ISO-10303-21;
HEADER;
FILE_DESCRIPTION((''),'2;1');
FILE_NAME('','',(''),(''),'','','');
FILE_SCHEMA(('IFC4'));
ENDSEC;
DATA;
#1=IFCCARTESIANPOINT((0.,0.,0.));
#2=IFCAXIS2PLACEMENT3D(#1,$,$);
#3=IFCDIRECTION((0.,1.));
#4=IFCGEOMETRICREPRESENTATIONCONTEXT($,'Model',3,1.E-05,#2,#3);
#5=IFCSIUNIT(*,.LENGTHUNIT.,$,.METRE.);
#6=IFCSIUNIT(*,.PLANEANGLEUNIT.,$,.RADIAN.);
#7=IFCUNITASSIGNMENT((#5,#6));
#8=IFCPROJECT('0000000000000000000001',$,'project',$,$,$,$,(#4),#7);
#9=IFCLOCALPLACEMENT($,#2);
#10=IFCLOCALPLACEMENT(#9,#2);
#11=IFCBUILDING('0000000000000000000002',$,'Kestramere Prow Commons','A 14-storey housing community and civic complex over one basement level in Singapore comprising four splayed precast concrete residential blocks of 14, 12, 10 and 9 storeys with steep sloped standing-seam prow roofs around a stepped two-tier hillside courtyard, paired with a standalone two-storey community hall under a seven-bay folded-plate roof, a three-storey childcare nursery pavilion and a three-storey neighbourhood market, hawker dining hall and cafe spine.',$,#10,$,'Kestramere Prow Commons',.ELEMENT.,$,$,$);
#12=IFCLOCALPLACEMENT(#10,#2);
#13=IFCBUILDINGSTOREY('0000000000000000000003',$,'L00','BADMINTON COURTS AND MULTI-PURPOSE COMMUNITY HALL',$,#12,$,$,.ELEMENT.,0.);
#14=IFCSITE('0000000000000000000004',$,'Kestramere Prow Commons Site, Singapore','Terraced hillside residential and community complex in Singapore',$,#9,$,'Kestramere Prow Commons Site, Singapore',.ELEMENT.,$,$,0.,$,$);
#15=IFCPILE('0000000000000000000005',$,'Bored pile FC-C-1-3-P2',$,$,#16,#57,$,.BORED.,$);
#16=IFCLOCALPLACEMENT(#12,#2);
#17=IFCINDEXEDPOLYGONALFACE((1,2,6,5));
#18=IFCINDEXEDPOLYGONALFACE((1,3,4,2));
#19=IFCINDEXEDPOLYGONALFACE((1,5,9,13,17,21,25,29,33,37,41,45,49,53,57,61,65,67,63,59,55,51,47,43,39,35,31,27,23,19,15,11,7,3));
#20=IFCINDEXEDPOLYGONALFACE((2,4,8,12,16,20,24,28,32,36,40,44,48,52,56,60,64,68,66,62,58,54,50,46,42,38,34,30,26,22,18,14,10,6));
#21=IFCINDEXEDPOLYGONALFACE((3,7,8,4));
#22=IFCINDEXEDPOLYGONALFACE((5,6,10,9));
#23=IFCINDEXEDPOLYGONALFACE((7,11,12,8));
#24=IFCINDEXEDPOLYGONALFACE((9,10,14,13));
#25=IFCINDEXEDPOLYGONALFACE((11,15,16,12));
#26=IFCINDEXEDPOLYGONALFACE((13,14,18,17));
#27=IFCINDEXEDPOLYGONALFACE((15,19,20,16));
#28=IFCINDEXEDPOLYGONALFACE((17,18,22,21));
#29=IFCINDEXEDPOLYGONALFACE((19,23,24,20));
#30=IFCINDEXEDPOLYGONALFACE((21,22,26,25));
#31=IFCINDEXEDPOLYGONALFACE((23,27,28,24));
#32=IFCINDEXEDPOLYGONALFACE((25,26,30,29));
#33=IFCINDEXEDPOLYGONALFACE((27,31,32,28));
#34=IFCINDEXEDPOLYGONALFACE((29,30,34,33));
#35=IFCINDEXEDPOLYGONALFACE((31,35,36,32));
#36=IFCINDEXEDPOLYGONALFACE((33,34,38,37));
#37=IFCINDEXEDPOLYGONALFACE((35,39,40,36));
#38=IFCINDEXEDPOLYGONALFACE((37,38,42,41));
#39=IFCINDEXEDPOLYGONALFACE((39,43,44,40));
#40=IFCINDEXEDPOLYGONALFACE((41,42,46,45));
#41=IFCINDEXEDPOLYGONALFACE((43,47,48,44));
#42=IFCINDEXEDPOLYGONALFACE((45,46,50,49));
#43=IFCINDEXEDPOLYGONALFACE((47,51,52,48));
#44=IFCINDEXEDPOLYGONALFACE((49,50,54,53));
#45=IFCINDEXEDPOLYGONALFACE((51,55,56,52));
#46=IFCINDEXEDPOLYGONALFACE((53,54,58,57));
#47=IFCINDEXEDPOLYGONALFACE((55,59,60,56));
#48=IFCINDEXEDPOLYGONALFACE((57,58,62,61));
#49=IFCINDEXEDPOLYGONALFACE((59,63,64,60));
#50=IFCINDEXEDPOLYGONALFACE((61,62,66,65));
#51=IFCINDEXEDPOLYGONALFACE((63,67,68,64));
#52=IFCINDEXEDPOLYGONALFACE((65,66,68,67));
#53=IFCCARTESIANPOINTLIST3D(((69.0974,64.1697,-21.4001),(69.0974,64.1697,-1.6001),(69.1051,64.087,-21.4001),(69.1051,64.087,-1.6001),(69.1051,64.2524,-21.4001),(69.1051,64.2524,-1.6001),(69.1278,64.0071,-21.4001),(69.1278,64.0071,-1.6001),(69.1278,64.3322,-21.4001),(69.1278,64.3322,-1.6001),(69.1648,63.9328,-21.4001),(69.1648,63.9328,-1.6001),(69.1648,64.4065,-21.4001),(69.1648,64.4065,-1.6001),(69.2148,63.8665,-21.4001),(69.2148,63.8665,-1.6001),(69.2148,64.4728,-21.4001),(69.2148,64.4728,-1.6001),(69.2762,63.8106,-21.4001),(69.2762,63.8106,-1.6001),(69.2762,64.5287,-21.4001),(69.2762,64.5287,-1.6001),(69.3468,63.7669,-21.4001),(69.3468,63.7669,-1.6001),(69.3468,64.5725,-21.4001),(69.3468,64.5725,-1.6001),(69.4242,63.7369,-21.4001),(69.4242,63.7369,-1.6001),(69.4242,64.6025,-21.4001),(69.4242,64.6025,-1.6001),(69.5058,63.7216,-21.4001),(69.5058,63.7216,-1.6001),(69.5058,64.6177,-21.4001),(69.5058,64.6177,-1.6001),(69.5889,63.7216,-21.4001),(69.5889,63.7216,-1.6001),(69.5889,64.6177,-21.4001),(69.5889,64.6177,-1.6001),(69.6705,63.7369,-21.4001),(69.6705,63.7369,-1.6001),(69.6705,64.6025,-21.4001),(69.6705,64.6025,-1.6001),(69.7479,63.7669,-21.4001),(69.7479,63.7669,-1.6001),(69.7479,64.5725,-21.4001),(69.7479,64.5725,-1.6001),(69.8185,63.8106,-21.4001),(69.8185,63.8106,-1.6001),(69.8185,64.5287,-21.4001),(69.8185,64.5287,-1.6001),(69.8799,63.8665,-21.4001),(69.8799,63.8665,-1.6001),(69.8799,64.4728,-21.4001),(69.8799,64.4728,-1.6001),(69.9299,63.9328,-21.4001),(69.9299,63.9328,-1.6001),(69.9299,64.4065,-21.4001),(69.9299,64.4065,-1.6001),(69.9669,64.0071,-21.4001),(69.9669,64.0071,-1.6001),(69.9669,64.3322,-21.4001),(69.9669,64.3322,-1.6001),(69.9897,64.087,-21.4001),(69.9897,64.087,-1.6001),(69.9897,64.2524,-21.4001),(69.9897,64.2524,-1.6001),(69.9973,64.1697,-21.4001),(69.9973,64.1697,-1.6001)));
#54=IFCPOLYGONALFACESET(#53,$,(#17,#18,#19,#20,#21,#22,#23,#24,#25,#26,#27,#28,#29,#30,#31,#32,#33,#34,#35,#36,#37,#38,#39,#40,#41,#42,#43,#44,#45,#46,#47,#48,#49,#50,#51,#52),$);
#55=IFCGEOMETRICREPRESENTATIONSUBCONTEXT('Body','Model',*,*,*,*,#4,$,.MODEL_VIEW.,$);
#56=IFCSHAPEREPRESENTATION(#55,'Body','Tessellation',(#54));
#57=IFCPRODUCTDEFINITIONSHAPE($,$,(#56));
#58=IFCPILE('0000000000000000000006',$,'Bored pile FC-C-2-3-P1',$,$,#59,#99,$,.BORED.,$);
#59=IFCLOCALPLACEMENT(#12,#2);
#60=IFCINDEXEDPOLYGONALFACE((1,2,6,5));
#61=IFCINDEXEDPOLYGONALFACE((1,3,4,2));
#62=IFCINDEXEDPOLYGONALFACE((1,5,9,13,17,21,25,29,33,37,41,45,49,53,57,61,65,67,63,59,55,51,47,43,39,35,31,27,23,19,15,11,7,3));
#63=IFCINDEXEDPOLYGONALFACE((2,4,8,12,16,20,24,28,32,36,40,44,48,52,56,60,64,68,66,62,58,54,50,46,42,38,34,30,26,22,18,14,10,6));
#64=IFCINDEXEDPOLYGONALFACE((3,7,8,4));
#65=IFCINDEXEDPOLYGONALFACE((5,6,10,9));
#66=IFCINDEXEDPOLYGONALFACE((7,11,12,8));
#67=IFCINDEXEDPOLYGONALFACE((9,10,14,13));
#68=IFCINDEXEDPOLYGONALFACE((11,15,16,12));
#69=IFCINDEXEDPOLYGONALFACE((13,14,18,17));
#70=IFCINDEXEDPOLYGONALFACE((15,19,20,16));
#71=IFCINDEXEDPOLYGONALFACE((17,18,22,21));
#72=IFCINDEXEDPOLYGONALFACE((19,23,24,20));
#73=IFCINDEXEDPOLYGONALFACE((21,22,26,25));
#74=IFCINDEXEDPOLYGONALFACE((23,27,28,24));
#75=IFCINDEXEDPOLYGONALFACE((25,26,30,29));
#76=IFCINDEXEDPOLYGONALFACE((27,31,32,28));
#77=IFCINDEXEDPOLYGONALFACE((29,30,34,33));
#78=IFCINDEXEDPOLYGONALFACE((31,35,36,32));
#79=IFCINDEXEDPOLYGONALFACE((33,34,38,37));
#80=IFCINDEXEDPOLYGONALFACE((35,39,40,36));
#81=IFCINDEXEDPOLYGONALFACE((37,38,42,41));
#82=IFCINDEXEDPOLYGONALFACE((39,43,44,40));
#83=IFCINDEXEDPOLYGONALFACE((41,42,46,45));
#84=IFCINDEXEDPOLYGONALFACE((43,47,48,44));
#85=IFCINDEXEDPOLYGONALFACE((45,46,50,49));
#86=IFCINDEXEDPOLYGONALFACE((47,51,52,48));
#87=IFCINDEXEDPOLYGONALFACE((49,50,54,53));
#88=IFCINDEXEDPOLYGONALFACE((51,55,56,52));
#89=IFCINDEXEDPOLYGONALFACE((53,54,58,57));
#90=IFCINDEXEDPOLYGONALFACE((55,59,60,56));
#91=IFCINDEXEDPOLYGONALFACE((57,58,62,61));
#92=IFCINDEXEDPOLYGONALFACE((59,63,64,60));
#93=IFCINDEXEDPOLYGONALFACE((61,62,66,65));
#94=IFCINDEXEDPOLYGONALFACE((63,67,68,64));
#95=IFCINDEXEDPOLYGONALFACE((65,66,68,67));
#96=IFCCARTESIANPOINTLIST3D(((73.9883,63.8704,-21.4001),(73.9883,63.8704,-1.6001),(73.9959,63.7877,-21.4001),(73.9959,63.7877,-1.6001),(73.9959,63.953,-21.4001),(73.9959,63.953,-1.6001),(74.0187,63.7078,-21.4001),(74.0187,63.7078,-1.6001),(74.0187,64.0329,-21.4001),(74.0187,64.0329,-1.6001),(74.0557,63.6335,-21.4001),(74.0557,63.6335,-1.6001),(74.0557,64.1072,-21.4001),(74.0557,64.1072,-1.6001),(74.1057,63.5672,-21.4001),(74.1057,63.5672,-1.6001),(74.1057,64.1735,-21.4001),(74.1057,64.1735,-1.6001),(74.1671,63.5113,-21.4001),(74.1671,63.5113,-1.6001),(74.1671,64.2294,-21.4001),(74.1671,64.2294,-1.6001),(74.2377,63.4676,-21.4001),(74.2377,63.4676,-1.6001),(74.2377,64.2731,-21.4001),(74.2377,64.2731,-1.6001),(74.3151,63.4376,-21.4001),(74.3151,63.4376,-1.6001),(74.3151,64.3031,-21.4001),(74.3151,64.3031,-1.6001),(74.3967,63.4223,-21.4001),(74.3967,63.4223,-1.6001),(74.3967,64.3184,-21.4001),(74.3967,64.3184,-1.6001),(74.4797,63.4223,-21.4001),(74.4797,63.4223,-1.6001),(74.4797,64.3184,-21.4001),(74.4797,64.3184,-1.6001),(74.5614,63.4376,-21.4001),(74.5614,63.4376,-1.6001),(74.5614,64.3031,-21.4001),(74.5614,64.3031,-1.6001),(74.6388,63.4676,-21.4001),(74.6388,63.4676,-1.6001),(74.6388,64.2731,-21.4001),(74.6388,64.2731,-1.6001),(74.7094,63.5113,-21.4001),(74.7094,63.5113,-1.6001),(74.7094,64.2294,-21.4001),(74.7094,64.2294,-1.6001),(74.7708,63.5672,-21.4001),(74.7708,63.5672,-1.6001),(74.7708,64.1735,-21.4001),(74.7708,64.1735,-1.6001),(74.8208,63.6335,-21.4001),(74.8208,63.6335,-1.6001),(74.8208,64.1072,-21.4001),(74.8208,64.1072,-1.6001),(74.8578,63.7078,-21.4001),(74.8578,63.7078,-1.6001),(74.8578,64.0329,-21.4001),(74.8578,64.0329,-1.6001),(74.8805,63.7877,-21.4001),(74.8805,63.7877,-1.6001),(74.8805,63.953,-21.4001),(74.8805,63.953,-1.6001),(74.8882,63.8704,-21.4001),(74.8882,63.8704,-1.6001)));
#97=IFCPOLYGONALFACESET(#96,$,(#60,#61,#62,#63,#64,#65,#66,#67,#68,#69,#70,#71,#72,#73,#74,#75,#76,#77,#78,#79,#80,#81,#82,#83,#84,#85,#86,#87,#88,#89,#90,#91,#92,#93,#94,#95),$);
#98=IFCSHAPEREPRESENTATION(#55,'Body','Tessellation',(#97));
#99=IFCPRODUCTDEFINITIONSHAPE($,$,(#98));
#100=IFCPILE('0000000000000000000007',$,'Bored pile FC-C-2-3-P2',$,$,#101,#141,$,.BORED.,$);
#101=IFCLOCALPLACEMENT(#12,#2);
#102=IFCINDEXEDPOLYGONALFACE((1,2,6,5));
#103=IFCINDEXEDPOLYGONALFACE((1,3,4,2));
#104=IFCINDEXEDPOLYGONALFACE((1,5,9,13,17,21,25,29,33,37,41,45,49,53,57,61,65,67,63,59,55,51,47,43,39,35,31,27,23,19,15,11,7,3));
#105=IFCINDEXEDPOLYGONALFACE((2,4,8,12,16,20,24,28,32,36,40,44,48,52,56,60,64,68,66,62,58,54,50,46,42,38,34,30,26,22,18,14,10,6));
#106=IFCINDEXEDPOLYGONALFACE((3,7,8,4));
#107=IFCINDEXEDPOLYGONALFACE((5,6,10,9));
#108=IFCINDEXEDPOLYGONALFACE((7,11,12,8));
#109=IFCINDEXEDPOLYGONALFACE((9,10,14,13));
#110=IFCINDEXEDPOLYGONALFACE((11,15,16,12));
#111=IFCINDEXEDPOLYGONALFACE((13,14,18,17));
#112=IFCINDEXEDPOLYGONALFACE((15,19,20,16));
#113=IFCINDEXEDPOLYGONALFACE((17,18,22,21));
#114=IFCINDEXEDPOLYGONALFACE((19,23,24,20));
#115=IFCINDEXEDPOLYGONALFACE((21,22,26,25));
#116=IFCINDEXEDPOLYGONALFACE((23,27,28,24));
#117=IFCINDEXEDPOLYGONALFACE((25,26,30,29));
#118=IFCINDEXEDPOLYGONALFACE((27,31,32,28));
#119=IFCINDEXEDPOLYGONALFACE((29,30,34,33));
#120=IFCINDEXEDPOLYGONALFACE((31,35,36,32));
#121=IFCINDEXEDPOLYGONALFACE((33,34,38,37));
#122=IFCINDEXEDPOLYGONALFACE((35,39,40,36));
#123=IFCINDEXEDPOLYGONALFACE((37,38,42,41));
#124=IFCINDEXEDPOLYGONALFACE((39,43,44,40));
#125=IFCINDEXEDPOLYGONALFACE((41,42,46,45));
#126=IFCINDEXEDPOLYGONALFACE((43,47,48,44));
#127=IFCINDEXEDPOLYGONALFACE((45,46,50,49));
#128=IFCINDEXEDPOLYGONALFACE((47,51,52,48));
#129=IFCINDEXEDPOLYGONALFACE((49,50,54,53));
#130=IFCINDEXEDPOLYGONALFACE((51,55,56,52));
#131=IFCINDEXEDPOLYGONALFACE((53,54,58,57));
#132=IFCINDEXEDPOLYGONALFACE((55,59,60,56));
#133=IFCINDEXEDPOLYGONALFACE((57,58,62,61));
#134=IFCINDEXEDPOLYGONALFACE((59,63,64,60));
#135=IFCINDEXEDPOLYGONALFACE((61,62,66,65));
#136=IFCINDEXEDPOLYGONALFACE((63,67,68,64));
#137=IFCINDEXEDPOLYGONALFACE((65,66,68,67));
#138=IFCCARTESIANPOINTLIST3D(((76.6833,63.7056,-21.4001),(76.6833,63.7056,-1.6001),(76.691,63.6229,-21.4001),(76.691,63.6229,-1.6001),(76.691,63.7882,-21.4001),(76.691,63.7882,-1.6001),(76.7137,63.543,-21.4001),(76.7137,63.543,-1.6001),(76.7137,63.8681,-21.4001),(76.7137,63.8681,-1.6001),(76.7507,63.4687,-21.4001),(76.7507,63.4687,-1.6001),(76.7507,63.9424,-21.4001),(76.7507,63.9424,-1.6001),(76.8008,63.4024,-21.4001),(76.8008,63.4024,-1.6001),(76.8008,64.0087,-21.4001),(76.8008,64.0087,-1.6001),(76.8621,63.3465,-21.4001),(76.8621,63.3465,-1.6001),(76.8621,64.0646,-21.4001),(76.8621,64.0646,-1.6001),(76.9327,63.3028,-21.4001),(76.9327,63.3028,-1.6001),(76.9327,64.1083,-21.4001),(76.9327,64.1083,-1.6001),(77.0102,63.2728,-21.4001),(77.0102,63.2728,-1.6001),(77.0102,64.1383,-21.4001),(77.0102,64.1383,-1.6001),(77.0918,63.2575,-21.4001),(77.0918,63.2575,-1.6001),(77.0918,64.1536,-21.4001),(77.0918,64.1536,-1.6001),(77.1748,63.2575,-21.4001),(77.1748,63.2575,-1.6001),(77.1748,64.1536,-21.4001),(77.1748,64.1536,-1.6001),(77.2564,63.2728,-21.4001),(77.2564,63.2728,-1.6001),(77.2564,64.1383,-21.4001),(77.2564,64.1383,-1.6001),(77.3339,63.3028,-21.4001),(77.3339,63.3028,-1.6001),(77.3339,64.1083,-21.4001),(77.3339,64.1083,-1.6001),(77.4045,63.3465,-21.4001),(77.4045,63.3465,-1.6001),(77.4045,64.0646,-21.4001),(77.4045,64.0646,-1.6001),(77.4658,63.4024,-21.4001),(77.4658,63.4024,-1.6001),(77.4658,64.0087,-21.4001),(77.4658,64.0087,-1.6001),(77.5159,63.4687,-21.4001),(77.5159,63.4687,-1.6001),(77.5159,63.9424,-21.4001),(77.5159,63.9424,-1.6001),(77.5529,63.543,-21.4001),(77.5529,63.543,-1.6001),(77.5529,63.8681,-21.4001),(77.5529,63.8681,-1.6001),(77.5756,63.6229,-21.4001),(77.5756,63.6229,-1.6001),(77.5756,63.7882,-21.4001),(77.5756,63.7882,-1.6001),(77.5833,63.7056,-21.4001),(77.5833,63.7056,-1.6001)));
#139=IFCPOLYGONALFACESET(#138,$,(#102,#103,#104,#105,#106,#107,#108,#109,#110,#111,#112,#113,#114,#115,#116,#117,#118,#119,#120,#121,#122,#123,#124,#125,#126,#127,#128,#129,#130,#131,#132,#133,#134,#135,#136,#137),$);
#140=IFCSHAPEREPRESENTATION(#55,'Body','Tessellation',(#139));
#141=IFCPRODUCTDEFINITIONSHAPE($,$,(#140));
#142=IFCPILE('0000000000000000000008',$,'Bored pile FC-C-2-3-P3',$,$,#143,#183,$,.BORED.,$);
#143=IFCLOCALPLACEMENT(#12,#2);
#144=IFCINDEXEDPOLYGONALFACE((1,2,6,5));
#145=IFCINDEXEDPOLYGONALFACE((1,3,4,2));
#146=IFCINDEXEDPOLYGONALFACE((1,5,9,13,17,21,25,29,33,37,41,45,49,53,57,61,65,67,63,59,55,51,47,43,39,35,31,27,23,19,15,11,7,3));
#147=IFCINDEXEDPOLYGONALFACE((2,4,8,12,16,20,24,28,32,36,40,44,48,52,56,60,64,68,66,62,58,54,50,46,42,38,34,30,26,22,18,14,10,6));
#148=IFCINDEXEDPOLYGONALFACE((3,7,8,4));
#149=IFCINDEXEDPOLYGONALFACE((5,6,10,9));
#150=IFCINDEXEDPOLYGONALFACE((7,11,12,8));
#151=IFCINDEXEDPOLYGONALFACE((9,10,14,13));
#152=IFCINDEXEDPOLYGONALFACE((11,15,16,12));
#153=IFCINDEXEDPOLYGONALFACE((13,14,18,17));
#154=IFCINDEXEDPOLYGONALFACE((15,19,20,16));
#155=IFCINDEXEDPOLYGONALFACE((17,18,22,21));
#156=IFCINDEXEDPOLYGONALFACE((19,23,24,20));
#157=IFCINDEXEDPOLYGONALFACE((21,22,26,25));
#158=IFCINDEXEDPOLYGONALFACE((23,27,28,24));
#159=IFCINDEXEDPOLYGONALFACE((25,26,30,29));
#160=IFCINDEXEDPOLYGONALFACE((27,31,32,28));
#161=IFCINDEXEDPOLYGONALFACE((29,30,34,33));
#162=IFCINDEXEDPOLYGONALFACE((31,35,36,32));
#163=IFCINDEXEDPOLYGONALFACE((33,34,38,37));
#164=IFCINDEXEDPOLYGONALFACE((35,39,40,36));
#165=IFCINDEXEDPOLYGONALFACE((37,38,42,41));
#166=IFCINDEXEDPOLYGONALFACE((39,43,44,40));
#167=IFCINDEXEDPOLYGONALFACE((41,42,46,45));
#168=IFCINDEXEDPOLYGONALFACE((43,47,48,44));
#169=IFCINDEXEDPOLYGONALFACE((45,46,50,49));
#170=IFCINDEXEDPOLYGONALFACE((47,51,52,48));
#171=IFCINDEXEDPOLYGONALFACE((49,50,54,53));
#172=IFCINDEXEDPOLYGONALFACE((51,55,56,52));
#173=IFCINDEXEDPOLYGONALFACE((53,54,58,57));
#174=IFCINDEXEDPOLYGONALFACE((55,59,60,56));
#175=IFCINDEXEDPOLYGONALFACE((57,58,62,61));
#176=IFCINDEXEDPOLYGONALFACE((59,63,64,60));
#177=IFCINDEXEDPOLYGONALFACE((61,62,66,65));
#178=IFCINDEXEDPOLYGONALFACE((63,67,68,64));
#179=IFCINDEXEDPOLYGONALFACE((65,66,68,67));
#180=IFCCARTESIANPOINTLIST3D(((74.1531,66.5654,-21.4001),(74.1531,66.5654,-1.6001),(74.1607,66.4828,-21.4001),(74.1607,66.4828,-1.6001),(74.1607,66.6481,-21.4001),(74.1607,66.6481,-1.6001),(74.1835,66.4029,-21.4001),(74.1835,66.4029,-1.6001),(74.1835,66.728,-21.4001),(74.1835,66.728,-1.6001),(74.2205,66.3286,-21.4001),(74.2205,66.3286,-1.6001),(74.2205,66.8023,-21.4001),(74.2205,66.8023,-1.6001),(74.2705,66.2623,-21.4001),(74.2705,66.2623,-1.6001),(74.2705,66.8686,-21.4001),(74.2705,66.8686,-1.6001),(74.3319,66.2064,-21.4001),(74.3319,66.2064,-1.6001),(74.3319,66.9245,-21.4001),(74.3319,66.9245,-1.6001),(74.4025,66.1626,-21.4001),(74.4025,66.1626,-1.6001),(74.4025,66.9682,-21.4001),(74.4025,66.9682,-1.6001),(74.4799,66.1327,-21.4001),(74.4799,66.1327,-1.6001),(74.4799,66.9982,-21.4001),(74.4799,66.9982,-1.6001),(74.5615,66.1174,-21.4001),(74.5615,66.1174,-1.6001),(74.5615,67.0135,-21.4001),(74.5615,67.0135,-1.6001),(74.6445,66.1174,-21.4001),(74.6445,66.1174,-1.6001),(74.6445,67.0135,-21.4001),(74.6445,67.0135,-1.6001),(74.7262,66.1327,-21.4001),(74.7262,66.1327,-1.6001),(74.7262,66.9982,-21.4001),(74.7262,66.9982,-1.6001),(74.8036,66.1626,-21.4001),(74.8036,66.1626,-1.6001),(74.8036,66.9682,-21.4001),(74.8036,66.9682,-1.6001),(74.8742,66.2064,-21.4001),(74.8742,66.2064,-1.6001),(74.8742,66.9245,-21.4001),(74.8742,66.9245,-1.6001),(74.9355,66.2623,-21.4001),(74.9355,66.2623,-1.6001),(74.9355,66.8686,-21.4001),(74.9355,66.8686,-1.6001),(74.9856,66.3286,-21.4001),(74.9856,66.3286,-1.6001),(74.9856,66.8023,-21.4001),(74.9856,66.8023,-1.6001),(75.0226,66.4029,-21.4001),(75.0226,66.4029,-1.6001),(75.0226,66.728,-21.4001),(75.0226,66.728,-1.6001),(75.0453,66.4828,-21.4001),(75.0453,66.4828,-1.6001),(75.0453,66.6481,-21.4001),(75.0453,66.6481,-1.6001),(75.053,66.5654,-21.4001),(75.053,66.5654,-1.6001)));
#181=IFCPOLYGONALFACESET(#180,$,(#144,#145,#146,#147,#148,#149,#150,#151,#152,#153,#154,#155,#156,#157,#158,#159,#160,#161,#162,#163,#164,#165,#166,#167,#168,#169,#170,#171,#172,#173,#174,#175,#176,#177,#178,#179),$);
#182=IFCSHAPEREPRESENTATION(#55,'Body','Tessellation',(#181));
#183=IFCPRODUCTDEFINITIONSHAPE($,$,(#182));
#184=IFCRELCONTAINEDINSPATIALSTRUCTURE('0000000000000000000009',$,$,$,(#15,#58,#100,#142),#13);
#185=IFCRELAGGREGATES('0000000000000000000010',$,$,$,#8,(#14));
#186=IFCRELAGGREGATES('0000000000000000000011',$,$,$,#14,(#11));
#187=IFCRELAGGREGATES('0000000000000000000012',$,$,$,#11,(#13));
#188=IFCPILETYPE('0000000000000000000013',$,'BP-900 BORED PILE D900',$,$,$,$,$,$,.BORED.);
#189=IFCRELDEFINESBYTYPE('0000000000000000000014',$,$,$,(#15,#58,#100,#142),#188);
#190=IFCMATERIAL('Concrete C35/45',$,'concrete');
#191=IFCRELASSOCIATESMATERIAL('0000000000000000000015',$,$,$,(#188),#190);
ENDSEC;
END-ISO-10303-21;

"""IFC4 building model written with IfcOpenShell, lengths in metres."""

from ifc_helpers import new_model, si_unit, direction, frame, origin, origin_2d, place, context, subcontext, project, spatial, circle, extrude, material, material_profile, profile_set, type_object, element, save


model = new_model("IFC4")

# Units and contexts
model_context = context("Model", 3, precision=1e-05, world=origin(), true_north=direction((0.0, 1.0)))
body_context = subcontext(model_context, "Body", "Model", "MODEL_VIEW")
ifc_project = project(units=[si_unit("LENGTHUNIT", "METRE"), si_unit("PLANEANGLEUNIT", "RADIAN")], contexts=[model_context])

# Site, building, storey
site_placement = place(None, origin())
site = spatial("IfcSite", under=ifc_project, at=site_placement, Name="Kestramere Prow Commons Site, Singapore", Description="Terraced hillside residential and community complex in Singapore", LongName="Kestramere Prow Commons Site, Singapore", CompositionType="ELEMENT", RefElevation=0.0)
building_placement = place(site_placement, origin())
building = spatial("IfcBuilding", under=site, at=building_placement, Name="Kestramere Prow Commons", Description="A 14-storey housing community and civic complex over one basement level in Singapore comprising four splayed precast concrete residential blocks of 14, 12, 10 and 9 storeys with steep sloped standing-seam prow roofs around a stepped two-tier hillside courtyard, paired with a standalone two-storey community hall under a seven-bay folded-plate roof, a three-storey childcare nursery pavilion and a three-storey neighbourhood market, hawker dining hall and cafe spine.", LongName="Kestramere Prow Commons", CompositionType="ELEMENT")
storey_placement = place(building_placement, origin())
storey = spatial("IfcBuildingStorey", under=building, at=storey_placement, Name="L00", Description="BADMINTON COURTS AND MULTI-PURPOSE COMMUNITY HALL", CompositionType="ELEMENT", Elevation=0.0)

# Piles
ifc_material_1 = material(Name="Concrete C35/45", Category="concrete")
ifc_material_profile_1 = material_profile(ifc_material_1, circle(Radius=0.45, at=origin_2d()), Name="BORED PILE D900")
ifc_profile_set_1 = profile_set([ifc_material_profile_1], Name="Concrete C35/45")
pile_type = type_object("IfcPileType", Name="BP-900 BORED PILE D900", PredefinedType="BORED", material=ifc_profile_set_1)
for number, where, z_axis, x_axis, name in (
    (1, (69.5474, 64.1697, -1.6001), (0.0, 0.0, -1.0), (1.0, 0.0, 0.0), "Bored pile FC-C-1-3-P2"),
    (2, (74.4382, 63.8704, -1.6001), (0.0, 0.0, -1.0), (1.0, 0.0, 0.0), "Bored pile FC-C-2-3-P1"),
    (3, (77.1333, 63.7056, -1.6001), (0.0, 0.0, -1.0), (1.0, 0.0, 0.0), "Bored pile FC-C-2-3-P2"),
    (4, (74.603, 66.5654, -1.6001), (0.0, 0.0, -1.0), (1.0, 0.0, 0.0), "Bored pile FC-C-2-3-P3"),
):
    element("IfcPile", number, at=place(storey_placement, frame(where, z_axis=z_axis, x_axis=x_axis)), inside=storey, type_object=pile_type, Name=name, PredefinedType="BORED", context=body_context, shape_type="SweptSolid", body=[
        extrude(circle(Radius=0.45, at=origin_2d()), origin(), (0.0, 0.0, 1.0), 19.8),
    ])

save(model, "model.ifc")
